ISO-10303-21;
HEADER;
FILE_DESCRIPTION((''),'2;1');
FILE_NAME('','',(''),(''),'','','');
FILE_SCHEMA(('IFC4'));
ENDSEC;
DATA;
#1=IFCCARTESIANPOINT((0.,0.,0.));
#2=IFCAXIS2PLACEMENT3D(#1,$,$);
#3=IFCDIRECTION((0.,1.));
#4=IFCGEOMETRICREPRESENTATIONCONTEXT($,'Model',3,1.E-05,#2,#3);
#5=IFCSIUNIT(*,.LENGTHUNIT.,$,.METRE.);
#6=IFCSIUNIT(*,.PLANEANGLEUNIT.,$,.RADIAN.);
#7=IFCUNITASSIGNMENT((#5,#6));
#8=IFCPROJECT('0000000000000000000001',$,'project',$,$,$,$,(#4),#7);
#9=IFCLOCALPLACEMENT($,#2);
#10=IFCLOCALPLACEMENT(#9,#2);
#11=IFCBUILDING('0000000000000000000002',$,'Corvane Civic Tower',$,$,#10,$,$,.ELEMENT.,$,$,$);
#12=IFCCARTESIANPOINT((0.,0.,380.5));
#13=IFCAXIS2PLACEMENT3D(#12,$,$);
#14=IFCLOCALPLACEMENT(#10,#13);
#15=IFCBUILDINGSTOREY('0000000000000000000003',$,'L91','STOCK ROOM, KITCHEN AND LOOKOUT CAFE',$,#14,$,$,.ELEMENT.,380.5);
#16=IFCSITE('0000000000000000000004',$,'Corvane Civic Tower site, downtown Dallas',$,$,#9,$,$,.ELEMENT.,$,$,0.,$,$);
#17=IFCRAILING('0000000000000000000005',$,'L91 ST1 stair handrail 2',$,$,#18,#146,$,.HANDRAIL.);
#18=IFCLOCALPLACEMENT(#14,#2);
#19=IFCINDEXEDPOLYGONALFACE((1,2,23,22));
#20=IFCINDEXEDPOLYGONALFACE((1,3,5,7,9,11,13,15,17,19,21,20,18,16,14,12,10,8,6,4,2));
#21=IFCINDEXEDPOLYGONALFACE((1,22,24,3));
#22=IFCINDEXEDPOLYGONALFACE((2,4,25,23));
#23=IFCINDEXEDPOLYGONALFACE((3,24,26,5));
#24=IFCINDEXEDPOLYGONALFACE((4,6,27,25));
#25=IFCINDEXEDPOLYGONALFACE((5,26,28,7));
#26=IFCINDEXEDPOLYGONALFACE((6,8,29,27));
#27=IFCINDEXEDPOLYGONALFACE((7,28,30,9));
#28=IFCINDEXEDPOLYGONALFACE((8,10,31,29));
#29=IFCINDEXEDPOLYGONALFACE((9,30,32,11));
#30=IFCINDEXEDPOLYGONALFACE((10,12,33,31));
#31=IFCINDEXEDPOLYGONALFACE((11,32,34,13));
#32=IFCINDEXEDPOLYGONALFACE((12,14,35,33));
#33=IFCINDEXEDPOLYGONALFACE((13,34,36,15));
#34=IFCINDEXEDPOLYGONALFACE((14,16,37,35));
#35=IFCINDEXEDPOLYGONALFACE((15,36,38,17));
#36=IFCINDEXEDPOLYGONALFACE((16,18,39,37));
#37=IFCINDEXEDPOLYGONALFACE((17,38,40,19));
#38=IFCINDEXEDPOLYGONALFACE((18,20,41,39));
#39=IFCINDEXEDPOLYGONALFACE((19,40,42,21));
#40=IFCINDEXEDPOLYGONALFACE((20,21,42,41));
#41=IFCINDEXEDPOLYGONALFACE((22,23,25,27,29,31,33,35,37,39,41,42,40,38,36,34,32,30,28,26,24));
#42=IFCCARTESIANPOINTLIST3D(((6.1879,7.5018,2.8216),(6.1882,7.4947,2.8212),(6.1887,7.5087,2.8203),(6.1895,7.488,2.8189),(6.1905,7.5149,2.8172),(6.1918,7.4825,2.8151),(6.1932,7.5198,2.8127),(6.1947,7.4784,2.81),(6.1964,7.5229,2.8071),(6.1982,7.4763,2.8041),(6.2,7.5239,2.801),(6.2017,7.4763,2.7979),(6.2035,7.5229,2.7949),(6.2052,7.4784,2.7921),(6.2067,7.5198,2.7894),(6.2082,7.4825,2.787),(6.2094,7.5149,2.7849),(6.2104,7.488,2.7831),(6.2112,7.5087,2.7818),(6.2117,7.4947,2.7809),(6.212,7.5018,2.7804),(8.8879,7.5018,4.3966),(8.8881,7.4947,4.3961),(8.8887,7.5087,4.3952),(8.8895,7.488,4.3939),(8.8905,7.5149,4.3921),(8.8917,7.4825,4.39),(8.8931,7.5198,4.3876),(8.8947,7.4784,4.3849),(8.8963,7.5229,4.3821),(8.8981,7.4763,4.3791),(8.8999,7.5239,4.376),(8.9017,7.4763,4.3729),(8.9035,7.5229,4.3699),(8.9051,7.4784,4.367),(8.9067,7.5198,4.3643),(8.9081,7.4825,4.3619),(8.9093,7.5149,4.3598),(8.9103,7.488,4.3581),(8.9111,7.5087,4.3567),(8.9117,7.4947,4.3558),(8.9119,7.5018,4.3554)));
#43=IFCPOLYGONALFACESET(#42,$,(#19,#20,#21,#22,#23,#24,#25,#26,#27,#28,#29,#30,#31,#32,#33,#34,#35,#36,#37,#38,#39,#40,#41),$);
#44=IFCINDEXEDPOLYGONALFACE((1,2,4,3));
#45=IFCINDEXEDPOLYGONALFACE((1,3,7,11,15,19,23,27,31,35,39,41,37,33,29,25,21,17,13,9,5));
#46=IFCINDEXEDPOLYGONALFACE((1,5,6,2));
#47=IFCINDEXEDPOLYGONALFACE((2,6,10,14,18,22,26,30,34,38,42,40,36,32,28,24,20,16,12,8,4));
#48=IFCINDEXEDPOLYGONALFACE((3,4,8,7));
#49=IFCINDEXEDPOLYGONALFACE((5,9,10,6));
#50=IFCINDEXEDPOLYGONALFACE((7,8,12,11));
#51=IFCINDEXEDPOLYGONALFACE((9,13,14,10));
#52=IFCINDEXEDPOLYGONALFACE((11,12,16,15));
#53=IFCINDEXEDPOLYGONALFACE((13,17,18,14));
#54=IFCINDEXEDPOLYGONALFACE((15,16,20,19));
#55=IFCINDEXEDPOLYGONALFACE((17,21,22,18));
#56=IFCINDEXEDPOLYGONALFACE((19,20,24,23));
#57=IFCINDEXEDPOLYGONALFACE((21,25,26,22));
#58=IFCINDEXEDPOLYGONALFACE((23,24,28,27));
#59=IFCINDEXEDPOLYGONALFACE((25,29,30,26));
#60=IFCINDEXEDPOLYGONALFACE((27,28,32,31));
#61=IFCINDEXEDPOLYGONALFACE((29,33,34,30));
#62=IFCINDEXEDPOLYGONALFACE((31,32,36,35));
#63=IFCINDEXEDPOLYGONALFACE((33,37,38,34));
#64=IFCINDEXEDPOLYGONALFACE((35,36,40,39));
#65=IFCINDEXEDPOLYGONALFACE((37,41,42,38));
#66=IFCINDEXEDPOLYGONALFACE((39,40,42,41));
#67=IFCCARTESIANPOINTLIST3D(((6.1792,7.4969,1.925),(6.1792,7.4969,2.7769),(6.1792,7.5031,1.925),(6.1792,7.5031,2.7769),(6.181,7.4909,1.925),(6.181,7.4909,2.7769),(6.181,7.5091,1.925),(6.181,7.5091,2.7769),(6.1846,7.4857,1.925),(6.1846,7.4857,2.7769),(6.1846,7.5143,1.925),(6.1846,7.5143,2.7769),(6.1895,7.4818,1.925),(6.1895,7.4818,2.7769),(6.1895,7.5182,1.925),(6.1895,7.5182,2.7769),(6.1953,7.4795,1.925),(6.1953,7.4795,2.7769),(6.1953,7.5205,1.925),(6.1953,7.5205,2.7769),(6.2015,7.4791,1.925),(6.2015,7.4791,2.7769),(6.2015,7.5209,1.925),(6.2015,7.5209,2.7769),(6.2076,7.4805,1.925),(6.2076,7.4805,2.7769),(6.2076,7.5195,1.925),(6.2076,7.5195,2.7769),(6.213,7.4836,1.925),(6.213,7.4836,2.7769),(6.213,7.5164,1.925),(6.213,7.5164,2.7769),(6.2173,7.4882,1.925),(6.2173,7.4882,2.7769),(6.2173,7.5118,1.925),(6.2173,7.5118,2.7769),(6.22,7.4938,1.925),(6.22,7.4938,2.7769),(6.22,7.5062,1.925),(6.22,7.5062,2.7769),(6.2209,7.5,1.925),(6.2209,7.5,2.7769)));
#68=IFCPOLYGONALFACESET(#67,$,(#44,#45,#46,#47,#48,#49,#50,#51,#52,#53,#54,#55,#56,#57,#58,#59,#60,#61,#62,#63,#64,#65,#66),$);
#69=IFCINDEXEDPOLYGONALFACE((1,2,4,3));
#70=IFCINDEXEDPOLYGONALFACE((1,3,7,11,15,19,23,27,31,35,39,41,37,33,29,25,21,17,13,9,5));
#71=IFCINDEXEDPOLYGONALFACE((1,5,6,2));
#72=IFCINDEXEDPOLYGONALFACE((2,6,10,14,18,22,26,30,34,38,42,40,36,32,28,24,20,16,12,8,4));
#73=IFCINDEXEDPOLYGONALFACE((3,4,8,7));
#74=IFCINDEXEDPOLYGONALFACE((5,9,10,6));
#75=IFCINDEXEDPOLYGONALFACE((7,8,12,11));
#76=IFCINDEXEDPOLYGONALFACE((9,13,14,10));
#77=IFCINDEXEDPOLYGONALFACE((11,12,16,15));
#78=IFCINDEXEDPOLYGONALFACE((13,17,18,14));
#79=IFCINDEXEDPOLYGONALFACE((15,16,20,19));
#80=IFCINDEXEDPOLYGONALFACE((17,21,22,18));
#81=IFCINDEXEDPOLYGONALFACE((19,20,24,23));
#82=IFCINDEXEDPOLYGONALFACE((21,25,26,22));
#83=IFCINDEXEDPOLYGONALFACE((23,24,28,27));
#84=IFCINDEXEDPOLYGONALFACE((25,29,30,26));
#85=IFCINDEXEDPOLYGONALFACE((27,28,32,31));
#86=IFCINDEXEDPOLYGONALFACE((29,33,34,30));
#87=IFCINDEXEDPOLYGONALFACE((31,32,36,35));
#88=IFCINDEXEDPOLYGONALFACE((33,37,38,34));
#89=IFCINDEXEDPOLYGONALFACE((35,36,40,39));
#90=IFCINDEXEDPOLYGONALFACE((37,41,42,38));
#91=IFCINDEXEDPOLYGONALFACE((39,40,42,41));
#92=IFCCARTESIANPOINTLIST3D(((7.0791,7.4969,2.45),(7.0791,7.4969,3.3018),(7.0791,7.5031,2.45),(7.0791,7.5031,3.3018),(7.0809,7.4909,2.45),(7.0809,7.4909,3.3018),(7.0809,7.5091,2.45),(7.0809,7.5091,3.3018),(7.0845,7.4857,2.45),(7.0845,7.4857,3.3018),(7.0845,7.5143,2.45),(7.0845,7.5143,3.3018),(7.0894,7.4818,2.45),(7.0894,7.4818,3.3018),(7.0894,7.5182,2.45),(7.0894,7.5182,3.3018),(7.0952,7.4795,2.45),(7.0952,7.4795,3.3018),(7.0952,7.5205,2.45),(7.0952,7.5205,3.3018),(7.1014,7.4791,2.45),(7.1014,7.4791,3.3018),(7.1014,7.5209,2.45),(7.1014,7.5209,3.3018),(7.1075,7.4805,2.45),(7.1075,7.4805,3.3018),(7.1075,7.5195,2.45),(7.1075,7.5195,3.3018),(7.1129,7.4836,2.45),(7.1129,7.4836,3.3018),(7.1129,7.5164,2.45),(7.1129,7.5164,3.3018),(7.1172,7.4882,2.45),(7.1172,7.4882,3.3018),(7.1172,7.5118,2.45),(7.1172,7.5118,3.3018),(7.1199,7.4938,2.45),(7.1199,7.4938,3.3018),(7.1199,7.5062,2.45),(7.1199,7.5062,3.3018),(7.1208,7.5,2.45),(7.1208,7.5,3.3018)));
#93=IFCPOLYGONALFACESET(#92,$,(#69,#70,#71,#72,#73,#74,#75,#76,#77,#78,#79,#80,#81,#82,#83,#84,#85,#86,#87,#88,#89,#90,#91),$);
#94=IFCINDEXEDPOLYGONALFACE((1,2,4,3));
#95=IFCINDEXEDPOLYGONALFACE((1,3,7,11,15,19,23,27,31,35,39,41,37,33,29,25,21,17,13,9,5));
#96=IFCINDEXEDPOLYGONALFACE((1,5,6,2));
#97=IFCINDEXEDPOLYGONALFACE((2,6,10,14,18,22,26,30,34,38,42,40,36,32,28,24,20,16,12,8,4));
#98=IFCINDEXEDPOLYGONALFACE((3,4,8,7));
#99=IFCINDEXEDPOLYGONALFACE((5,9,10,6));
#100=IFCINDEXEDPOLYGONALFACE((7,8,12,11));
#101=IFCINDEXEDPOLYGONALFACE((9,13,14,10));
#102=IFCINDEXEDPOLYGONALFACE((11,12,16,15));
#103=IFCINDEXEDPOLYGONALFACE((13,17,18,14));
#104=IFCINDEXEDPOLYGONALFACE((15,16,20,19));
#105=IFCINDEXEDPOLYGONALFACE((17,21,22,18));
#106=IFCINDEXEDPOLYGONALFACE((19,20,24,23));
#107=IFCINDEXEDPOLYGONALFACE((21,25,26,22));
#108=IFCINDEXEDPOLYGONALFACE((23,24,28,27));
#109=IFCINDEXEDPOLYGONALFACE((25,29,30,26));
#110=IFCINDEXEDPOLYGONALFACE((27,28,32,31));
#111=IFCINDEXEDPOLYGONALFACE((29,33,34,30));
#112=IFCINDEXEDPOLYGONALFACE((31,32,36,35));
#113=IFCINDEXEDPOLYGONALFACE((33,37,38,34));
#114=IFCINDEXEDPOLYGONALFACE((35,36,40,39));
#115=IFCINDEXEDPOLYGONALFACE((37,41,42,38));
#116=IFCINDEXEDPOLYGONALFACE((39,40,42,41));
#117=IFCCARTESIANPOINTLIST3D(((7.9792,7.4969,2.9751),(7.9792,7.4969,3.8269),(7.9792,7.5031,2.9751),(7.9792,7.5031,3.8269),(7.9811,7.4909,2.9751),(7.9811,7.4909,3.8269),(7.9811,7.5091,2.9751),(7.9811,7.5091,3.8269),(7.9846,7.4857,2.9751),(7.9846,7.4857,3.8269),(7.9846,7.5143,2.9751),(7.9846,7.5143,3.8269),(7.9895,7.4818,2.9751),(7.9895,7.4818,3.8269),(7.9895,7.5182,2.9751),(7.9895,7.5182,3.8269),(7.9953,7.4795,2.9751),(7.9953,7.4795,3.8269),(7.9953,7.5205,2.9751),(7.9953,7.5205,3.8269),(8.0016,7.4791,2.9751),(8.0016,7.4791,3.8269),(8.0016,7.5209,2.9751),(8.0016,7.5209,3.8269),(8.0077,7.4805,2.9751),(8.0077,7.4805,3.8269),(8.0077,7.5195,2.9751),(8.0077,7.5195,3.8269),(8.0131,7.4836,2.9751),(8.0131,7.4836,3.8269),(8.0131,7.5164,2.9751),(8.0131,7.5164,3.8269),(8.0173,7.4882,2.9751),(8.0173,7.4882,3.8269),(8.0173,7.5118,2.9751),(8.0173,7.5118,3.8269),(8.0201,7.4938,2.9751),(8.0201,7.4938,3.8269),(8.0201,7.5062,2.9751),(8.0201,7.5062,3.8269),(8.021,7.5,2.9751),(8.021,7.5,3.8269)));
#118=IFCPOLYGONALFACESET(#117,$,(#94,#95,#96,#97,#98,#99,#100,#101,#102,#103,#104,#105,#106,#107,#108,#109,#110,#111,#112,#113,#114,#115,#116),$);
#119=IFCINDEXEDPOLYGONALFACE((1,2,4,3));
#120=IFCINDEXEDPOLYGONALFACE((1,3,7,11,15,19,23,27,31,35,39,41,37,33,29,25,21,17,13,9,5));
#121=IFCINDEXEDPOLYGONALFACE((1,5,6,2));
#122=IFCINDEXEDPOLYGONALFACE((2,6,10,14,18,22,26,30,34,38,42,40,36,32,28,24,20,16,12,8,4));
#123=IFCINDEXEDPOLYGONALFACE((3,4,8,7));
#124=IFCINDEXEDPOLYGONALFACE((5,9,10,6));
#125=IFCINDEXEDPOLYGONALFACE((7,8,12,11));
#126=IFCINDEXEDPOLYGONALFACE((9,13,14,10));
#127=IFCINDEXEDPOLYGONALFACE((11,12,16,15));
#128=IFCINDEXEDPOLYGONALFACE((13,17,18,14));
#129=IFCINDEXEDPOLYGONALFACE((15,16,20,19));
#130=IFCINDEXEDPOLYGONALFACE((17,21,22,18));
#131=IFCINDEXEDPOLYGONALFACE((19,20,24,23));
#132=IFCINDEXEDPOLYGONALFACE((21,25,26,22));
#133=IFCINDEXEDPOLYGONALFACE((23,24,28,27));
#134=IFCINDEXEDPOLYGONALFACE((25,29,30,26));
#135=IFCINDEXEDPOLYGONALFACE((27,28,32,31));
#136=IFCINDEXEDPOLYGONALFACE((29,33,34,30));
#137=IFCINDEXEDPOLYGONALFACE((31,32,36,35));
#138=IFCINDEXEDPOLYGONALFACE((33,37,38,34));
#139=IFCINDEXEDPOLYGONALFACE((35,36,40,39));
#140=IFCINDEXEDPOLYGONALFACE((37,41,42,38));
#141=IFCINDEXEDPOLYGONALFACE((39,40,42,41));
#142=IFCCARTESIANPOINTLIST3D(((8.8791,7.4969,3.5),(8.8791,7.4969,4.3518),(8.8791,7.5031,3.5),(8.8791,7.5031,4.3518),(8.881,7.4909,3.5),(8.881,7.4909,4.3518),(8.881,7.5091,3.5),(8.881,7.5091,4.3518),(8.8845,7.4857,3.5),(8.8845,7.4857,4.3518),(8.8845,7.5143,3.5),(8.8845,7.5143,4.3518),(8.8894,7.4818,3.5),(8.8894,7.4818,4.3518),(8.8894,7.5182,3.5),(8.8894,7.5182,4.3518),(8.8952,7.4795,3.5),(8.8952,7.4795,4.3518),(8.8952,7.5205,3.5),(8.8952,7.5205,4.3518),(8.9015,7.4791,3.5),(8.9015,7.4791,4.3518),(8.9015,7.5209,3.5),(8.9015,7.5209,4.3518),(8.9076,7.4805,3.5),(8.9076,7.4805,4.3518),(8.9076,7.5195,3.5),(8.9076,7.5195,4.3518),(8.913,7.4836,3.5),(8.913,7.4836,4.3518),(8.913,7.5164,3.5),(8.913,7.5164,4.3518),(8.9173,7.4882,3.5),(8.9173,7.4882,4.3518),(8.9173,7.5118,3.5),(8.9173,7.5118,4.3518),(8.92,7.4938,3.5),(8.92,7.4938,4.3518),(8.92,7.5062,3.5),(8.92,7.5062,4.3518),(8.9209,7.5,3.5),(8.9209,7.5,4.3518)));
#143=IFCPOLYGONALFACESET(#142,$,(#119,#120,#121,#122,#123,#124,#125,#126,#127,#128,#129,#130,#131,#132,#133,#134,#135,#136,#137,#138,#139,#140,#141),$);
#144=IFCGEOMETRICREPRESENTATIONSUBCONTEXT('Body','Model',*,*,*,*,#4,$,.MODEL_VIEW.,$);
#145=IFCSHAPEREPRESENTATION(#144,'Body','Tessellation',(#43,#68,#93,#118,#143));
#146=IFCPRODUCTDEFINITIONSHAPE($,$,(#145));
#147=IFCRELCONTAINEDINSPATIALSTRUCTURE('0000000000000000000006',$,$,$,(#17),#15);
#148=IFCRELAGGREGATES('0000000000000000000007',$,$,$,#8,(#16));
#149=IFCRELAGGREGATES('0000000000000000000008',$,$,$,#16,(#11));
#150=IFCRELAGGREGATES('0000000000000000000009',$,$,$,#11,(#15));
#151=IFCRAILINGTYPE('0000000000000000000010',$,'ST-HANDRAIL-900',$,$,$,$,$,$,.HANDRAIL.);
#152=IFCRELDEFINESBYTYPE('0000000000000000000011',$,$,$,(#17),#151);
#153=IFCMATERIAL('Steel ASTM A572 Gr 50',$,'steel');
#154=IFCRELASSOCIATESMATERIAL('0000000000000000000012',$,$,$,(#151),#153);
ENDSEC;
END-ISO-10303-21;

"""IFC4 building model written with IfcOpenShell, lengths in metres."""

from ifc_helpers import new_model, si_unit, direction, frame, origin, origin_2d, place, context, subcontext, project, spatial, circle, extrude, material, type_object, element, save


model = new_model("IFC4")

# Units and contexts
model_context = context("Model", 3, precision=1e-05, world=origin(), true_north=direction((0.0, 1.0)))
body_context = subcontext(model_context, "Body", "Model", "MODEL_VIEW")
ifc_project = project(units=[si_unit("LENGTHUNIT", "METRE"), si_unit("PLANEANGLEUNIT", "RADIAN")], contexts=[model_context])

# Site, building, storey
site_placement = place(None, origin())
site = spatial("IfcSite", under=ifc_project, at=site_placement, Name="Corvane Civic Tower site, downtown Dallas", CompositionType="ELEMENT", RefElevation=0.0)
building_placement = place(site_placement, origin())
building = spatial("IfcBuilding", under=site, at=building_placement, Name="Corvane Civic Tower", CompositionType="ELEMENT")
storey_placement = place(building_placement, frame((0.0, 0.0, 380.5)))
storey = spatial("IfcBuildingStorey", under=building, at=storey_placement, Name="L91", Description="STOCK ROOM, KITCHEN AND LOOKOUT CAFE", CompositionType="ELEMENT", Elevation=380.5)

# Railing
ifc_material_1 = material(Name="Steel ASTM A572 Gr 50", Category="steel")
railing_type_1 = type_object("IfcRailingType", Name="ST-HANDRAIL-900", PredefinedType="HANDRAIL", material=ifc_material_1)
railing_1_placement = place(storey_placement, frame((6.2, 7.5, 1.925)))
element("IfcRailing", 1, at=railing_1_placement, inside=storey, type_object=railing_type_1, Name="L91 ST1 stair handrail 2", PredefinedType="HANDRAIL", context=body_context, shape_type="SweptSolid", body=[
    extrude(circle(Radius=0.0239, at=origin_2d()), frame((0.0, 0.0, 0.876), z_axis=(0.863782, 0.0, 0.503866), x_axis=(0.0, 1.0, 0.0)), (0.0, 0.0, 1.0), 3.1257),
    extrude(circle(Radius=0.021, at=origin_2d()), origin(), (0.0, 0.0, 1.0), 0.8518),
    extrude(circle(Radius=0.021, at=origin_2d()), frame((0.8999, 0.0, 0.5249)), (0.0, 0.0, 1.0), 0.8518),
    extrude(circle(Radius=0.021, at=origin_2d()), frame((1.8, 0.0, 1.05)), (0.0, 0.0, 1.0), 0.8518),
    extrude(circle(Radius=0.021, at=origin_2d()), frame((2.7, 0.0, 1.575)), (0.0, 0.0, 1.0), 0.8518),
])

save(model, "model.ifc")
